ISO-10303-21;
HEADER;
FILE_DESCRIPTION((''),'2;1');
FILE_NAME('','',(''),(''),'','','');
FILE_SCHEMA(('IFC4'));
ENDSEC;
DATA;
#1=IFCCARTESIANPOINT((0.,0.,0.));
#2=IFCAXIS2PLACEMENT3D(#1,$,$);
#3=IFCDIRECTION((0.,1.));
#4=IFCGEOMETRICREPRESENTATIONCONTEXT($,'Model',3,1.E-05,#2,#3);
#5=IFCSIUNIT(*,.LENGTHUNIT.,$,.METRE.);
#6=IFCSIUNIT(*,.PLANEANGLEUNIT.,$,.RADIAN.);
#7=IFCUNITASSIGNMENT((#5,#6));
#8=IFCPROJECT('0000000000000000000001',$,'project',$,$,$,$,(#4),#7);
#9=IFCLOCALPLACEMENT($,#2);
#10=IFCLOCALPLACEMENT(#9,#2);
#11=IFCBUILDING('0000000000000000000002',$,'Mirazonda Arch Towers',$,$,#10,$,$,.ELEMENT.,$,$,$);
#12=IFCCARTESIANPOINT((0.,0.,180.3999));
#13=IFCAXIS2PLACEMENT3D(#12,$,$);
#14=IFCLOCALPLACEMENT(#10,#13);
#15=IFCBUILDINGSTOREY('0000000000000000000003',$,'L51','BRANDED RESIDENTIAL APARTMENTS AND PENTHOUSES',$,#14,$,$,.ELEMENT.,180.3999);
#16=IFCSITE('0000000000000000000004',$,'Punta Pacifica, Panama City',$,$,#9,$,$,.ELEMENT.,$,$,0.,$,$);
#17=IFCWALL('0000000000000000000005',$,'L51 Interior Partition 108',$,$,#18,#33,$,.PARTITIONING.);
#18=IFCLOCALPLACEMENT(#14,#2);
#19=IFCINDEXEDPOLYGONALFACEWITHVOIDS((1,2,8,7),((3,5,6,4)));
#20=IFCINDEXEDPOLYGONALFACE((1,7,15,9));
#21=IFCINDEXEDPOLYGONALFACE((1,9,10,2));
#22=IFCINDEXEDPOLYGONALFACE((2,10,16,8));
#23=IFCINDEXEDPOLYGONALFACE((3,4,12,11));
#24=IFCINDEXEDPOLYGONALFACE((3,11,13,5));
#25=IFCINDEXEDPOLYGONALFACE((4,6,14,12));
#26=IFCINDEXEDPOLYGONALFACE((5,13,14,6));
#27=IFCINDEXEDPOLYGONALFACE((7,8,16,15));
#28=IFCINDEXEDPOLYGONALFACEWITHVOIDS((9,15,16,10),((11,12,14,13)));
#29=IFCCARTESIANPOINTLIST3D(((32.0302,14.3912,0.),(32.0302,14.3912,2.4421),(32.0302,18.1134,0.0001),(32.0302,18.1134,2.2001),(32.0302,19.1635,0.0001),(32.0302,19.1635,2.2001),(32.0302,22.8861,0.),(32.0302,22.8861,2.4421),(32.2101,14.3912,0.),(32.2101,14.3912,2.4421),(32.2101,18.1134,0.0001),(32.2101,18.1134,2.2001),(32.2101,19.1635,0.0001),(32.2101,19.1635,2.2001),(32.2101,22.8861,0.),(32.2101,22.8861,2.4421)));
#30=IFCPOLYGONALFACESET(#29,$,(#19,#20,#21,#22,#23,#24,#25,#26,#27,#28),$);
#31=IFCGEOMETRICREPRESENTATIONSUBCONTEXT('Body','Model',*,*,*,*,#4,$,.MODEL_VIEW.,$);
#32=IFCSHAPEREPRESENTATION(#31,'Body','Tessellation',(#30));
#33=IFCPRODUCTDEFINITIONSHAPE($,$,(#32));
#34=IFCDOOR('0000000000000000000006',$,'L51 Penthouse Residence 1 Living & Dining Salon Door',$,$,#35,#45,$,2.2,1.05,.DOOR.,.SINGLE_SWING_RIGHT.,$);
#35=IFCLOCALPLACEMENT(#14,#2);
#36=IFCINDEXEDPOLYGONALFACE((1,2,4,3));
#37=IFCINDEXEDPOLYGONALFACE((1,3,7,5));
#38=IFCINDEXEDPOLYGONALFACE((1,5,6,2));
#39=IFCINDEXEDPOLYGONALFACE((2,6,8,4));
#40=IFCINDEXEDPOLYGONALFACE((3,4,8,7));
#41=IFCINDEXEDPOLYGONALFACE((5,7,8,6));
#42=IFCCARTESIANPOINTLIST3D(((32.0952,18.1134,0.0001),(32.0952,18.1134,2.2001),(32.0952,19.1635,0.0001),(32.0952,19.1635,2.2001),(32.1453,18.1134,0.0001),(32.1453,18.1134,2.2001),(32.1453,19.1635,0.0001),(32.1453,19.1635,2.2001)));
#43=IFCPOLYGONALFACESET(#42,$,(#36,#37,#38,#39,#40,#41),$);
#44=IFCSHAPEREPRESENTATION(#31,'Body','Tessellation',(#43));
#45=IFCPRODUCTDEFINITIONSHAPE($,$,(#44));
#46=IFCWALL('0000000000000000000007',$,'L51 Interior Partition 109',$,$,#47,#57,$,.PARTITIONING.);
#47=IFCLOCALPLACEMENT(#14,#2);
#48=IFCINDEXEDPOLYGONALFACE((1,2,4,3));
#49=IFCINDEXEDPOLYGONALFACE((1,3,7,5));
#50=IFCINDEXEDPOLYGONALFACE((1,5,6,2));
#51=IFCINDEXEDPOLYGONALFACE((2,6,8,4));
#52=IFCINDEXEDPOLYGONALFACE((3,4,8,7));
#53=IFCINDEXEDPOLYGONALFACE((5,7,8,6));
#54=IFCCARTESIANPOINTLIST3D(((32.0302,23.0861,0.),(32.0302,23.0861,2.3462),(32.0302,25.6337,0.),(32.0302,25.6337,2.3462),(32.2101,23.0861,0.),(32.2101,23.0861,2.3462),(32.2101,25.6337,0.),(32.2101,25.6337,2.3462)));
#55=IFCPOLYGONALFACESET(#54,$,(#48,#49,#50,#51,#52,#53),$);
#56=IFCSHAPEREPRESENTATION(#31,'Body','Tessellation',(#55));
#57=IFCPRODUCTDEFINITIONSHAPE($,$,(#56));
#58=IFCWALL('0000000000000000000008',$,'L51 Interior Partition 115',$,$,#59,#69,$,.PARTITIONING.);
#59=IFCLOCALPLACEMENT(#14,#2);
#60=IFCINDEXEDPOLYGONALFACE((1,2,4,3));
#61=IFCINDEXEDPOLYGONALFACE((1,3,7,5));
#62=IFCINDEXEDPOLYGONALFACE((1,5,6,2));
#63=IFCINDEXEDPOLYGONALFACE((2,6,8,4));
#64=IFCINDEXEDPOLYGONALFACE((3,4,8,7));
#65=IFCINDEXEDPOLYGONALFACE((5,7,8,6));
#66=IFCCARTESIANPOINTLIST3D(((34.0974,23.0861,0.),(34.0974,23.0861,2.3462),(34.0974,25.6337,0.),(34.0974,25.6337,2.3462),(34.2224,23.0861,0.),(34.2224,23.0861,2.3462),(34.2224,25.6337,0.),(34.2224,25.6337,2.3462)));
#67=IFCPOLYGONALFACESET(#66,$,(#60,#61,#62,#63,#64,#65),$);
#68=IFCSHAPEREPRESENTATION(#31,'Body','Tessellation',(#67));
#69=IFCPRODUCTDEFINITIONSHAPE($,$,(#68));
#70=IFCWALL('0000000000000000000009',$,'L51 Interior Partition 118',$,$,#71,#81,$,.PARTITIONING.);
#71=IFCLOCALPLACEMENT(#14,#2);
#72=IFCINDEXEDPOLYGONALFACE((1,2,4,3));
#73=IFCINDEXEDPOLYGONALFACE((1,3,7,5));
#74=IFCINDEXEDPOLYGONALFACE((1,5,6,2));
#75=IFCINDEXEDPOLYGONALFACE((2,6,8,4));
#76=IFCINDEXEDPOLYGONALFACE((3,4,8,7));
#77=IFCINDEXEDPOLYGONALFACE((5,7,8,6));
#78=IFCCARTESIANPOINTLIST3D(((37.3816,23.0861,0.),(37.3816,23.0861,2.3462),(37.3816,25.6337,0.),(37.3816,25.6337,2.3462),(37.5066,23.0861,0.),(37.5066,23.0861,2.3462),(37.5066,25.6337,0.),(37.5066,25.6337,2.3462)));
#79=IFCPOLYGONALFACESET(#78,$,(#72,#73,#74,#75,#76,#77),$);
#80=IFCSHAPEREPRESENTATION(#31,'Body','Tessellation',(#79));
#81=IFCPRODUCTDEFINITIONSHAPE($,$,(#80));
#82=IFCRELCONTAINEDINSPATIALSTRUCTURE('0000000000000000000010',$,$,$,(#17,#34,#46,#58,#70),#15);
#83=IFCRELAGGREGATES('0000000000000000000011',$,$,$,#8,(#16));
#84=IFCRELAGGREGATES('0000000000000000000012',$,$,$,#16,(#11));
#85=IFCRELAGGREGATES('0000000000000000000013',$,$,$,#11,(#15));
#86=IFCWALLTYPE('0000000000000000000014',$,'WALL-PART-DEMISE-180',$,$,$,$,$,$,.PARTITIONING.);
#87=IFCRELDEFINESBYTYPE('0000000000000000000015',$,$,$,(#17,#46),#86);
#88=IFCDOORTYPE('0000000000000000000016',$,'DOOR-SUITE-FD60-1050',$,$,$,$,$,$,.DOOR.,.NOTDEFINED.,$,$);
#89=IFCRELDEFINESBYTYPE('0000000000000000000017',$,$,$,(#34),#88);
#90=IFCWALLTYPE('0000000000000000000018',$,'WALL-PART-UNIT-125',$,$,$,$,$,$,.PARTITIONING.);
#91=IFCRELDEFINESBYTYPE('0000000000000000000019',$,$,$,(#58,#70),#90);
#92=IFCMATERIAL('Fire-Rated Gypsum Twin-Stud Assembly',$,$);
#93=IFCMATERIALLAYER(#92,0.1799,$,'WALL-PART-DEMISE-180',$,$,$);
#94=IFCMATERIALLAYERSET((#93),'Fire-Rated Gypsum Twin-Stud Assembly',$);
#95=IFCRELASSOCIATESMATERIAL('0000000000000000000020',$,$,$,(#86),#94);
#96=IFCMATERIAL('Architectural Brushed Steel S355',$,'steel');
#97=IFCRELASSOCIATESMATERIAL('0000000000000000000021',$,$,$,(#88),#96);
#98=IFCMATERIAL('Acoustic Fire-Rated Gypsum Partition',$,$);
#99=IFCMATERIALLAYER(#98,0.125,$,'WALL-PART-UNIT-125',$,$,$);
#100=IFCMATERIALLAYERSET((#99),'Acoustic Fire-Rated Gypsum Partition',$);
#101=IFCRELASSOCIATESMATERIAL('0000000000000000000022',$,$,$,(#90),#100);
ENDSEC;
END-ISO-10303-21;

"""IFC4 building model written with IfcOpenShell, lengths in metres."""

from ifc_helpers import new_model, si_unit, direction, frame, frame_2d, origin, place, context, subcontext, project, spatial, rectangle, extrude, material, layer, layer_set, type_object, element, fill, save


model = new_model("IFC4")

# Units and contexts
model_context = context("Model", 3, precision=1e-05, world=origin(), true_north=direction((0.0, 1.0)))
body_context = subcontext(model_context, "Body", "Model", "MODEL_VIEW")
ifc_project = project(units=[si_unit("LENGTHUNIT", "METRE"), si_unit("PLANEANGLEUNIT", "RADIAN")], contexts=[model_context])

# Site, building, storey
site_placement = place(None, origin())
site = spatial("IfcSite", under=ifc_project, at=site_placement, Name="Punta Pacifica, Panama City", CompositionType="ELEMENT", RefElevation=0.0)
building_placement = place(site_placement, origin())
building = spatial("IfcBuilding", under=site, at=building_placement, Name="Mirazonda Arch Towers", CompositionType="ELEMENT")
storey_placement = place(building_placement, frame((0.0, 0.0, 180.3999)))
storey = spatial("IfcBuildingStorey", under=building, at=storey_placement, Name="L51", Description="BRANDED RESIDENTIAL APARTMENTS AND PENTHOUSES", CompositionType="ELEMENT", Elevation=180.3999)

# Shared definitions
ifc_material_1 = material(Name="Fire-Rated Gypsum Twin-Stud Assembly")
ifc_layer_1 = layer(ifc_material_1, 0.1799, Name="WALL-PART-DEMISE-180")
ifc_layer_set_1 = layer_set([ifc_layer_1], Name="Fire-Rated Gypsum Twin-Stud Assembly")
wall_type_1 = type_object("IfcWallType", Name="WALL-PART-DEMISE-180", PredefinedType="PARTITIONING", material=ifc_layer_set_1)
ifc_material_2 = material(Name="Architectural Brushed Steel S355", Category="steel")

# Wall, opening, door
wall_1_placement = place(storey_placement, frame((32.1201, 14.3911, 0.0), z_axis=(0.0, 0.0, 1.0), x_axis=(0.0, 1.0, 0.0)))
wall_1 = element("IfcWall", 1, at=wall_1_placement, inside=storey, type_object=wall_type_1, Name="L51 Interior Partition 108", PredefinedType="PARTITIONING", context=body_context, shape_type="SweptSolid", body=[
    extrude(rectangle(XDim=8.4949, YDim=0.1799, at=frame_2d((4.2476, 0.0))), origin(), (0.0, 0.0, 1.0), 2.4421),
])
opening_1_placement = place(wall_1_placement, frame((3.7224, 0.0, 0.0)))
opening_1 = element("IfcOpeningElement", 2, at=opening_1_placement, cuts=wall_1, PredefinedType="OPENING", context=body_context, shape_type="SweptSolid", body=[
    extrude(rectangle(XDim=1.05, YDim=2.2, at=frame_2d((0.5249, 1.1001))), frame((0.0, 0.0999, 0.0), z_axis=(0.0, -1.0, 0.0), x_axis=(1.0, 0.0, 0.0)), (0.0, 0.0, 1.0), 0.2),
])
door_type_1 = type_object("IfcDoorType", Name="DOOR-SUITE-FD60-1050", OperationType="NOTDEFINED", PredefinedType="DOOR", material=ifc_material_2)
door_1_placement = place(opening_1_placement, origin())
door_1 = element("IfcDoor", 3, at=door_1_placement, inside=storey, type_object=door_type_1, Name="L51 Penthouse Residence 1 Living & Dining Salon Door", OperationType="SINGLE_SWING_RIGHT", OverallHeight=2.2, OverallWidth=1.05, PredefinedType="DOOR", context=body_context, shape_type="SweptSolid", body=[
    extrude(rectangle(XDim=1.05, YDim=2.2, at=frame_2d((0.5249, 1.1001))), frame((0.0, 0.0249, 0.0), z_axis=(0.0, -1.0, 0.0), x_axis=(1.0, 0.0, 0.0)), (0.0, 0.0, 1.0), 0.05),
])
fill(opening_1, door_1)

# Walls
wall_2_placement = place(storey_placement, frame((32.1201, 23.0859, 0.0), z_axis=(0.0, 0.0, 1.0), x_axis=(0.0, 1.0, 0.0)))
element("IfcWall", 4, at=wall_2_placement, inside=storey, type_object=wall_type_1, Name="L51 Interior Partition 109", PredefinedType="PARTITIONING", context=body_context, shape_type="SweptSolid", body=[
    extrude(rectangle(XDim=2.5476, YDim=0.1799, at=frame_2d((1.2739, 0.0))), origin(), (0.0, 0.0, 1.0), 2.3462),
])
ifc_material_3 = material(Name="Acoustic Fire-Rated Gypsum Partition")
ifc_layer_2 = layer(ifc_material_3, 0.125, Name="WALL-PART-UNIT-125")
ifc_layer_set_2 = layer_set([ifc_layer_2], Name="Acoustic Fire-Rated Gypsum Partition")
wall_type_2 = type_object("IfcWallType", Name="WALL-PART-UNIT-125", PredefinedType="PARTITIONING", material=ifc_layer_set_2)
for number, where, z_axis, x_axis, name in (
    (5, (34.1599, 23.0859, 0.0), (0.0, 0.0, 1.0), (0.0, 1.0, 0.0), "L51 Interior Partition 115"),
    (6, (37.4441, 23.0859, 0.0), (0.0, 0.0, 1.0), (0.0, 1.0, 0.0), "L51 Interior Partition 118"),
):
    element("IfcWall", number, at=place(storey_placement, frame(where, z_axis=z_axis, x_axis=x_axis)), inside=storey, type_object=wall_type_2, Name=name, PredefinedType="PARTITIONING", context=body_context, shape_type="SweptSolid", body=[
        extrude(rectangle(XDim=2.5476, YDim=0.125, at=frame_2d((1.2739, 0.0))), origin(), (0.0, 0.0, 1.0), 2.3462),
    ])

save(model, "model.ifc")
